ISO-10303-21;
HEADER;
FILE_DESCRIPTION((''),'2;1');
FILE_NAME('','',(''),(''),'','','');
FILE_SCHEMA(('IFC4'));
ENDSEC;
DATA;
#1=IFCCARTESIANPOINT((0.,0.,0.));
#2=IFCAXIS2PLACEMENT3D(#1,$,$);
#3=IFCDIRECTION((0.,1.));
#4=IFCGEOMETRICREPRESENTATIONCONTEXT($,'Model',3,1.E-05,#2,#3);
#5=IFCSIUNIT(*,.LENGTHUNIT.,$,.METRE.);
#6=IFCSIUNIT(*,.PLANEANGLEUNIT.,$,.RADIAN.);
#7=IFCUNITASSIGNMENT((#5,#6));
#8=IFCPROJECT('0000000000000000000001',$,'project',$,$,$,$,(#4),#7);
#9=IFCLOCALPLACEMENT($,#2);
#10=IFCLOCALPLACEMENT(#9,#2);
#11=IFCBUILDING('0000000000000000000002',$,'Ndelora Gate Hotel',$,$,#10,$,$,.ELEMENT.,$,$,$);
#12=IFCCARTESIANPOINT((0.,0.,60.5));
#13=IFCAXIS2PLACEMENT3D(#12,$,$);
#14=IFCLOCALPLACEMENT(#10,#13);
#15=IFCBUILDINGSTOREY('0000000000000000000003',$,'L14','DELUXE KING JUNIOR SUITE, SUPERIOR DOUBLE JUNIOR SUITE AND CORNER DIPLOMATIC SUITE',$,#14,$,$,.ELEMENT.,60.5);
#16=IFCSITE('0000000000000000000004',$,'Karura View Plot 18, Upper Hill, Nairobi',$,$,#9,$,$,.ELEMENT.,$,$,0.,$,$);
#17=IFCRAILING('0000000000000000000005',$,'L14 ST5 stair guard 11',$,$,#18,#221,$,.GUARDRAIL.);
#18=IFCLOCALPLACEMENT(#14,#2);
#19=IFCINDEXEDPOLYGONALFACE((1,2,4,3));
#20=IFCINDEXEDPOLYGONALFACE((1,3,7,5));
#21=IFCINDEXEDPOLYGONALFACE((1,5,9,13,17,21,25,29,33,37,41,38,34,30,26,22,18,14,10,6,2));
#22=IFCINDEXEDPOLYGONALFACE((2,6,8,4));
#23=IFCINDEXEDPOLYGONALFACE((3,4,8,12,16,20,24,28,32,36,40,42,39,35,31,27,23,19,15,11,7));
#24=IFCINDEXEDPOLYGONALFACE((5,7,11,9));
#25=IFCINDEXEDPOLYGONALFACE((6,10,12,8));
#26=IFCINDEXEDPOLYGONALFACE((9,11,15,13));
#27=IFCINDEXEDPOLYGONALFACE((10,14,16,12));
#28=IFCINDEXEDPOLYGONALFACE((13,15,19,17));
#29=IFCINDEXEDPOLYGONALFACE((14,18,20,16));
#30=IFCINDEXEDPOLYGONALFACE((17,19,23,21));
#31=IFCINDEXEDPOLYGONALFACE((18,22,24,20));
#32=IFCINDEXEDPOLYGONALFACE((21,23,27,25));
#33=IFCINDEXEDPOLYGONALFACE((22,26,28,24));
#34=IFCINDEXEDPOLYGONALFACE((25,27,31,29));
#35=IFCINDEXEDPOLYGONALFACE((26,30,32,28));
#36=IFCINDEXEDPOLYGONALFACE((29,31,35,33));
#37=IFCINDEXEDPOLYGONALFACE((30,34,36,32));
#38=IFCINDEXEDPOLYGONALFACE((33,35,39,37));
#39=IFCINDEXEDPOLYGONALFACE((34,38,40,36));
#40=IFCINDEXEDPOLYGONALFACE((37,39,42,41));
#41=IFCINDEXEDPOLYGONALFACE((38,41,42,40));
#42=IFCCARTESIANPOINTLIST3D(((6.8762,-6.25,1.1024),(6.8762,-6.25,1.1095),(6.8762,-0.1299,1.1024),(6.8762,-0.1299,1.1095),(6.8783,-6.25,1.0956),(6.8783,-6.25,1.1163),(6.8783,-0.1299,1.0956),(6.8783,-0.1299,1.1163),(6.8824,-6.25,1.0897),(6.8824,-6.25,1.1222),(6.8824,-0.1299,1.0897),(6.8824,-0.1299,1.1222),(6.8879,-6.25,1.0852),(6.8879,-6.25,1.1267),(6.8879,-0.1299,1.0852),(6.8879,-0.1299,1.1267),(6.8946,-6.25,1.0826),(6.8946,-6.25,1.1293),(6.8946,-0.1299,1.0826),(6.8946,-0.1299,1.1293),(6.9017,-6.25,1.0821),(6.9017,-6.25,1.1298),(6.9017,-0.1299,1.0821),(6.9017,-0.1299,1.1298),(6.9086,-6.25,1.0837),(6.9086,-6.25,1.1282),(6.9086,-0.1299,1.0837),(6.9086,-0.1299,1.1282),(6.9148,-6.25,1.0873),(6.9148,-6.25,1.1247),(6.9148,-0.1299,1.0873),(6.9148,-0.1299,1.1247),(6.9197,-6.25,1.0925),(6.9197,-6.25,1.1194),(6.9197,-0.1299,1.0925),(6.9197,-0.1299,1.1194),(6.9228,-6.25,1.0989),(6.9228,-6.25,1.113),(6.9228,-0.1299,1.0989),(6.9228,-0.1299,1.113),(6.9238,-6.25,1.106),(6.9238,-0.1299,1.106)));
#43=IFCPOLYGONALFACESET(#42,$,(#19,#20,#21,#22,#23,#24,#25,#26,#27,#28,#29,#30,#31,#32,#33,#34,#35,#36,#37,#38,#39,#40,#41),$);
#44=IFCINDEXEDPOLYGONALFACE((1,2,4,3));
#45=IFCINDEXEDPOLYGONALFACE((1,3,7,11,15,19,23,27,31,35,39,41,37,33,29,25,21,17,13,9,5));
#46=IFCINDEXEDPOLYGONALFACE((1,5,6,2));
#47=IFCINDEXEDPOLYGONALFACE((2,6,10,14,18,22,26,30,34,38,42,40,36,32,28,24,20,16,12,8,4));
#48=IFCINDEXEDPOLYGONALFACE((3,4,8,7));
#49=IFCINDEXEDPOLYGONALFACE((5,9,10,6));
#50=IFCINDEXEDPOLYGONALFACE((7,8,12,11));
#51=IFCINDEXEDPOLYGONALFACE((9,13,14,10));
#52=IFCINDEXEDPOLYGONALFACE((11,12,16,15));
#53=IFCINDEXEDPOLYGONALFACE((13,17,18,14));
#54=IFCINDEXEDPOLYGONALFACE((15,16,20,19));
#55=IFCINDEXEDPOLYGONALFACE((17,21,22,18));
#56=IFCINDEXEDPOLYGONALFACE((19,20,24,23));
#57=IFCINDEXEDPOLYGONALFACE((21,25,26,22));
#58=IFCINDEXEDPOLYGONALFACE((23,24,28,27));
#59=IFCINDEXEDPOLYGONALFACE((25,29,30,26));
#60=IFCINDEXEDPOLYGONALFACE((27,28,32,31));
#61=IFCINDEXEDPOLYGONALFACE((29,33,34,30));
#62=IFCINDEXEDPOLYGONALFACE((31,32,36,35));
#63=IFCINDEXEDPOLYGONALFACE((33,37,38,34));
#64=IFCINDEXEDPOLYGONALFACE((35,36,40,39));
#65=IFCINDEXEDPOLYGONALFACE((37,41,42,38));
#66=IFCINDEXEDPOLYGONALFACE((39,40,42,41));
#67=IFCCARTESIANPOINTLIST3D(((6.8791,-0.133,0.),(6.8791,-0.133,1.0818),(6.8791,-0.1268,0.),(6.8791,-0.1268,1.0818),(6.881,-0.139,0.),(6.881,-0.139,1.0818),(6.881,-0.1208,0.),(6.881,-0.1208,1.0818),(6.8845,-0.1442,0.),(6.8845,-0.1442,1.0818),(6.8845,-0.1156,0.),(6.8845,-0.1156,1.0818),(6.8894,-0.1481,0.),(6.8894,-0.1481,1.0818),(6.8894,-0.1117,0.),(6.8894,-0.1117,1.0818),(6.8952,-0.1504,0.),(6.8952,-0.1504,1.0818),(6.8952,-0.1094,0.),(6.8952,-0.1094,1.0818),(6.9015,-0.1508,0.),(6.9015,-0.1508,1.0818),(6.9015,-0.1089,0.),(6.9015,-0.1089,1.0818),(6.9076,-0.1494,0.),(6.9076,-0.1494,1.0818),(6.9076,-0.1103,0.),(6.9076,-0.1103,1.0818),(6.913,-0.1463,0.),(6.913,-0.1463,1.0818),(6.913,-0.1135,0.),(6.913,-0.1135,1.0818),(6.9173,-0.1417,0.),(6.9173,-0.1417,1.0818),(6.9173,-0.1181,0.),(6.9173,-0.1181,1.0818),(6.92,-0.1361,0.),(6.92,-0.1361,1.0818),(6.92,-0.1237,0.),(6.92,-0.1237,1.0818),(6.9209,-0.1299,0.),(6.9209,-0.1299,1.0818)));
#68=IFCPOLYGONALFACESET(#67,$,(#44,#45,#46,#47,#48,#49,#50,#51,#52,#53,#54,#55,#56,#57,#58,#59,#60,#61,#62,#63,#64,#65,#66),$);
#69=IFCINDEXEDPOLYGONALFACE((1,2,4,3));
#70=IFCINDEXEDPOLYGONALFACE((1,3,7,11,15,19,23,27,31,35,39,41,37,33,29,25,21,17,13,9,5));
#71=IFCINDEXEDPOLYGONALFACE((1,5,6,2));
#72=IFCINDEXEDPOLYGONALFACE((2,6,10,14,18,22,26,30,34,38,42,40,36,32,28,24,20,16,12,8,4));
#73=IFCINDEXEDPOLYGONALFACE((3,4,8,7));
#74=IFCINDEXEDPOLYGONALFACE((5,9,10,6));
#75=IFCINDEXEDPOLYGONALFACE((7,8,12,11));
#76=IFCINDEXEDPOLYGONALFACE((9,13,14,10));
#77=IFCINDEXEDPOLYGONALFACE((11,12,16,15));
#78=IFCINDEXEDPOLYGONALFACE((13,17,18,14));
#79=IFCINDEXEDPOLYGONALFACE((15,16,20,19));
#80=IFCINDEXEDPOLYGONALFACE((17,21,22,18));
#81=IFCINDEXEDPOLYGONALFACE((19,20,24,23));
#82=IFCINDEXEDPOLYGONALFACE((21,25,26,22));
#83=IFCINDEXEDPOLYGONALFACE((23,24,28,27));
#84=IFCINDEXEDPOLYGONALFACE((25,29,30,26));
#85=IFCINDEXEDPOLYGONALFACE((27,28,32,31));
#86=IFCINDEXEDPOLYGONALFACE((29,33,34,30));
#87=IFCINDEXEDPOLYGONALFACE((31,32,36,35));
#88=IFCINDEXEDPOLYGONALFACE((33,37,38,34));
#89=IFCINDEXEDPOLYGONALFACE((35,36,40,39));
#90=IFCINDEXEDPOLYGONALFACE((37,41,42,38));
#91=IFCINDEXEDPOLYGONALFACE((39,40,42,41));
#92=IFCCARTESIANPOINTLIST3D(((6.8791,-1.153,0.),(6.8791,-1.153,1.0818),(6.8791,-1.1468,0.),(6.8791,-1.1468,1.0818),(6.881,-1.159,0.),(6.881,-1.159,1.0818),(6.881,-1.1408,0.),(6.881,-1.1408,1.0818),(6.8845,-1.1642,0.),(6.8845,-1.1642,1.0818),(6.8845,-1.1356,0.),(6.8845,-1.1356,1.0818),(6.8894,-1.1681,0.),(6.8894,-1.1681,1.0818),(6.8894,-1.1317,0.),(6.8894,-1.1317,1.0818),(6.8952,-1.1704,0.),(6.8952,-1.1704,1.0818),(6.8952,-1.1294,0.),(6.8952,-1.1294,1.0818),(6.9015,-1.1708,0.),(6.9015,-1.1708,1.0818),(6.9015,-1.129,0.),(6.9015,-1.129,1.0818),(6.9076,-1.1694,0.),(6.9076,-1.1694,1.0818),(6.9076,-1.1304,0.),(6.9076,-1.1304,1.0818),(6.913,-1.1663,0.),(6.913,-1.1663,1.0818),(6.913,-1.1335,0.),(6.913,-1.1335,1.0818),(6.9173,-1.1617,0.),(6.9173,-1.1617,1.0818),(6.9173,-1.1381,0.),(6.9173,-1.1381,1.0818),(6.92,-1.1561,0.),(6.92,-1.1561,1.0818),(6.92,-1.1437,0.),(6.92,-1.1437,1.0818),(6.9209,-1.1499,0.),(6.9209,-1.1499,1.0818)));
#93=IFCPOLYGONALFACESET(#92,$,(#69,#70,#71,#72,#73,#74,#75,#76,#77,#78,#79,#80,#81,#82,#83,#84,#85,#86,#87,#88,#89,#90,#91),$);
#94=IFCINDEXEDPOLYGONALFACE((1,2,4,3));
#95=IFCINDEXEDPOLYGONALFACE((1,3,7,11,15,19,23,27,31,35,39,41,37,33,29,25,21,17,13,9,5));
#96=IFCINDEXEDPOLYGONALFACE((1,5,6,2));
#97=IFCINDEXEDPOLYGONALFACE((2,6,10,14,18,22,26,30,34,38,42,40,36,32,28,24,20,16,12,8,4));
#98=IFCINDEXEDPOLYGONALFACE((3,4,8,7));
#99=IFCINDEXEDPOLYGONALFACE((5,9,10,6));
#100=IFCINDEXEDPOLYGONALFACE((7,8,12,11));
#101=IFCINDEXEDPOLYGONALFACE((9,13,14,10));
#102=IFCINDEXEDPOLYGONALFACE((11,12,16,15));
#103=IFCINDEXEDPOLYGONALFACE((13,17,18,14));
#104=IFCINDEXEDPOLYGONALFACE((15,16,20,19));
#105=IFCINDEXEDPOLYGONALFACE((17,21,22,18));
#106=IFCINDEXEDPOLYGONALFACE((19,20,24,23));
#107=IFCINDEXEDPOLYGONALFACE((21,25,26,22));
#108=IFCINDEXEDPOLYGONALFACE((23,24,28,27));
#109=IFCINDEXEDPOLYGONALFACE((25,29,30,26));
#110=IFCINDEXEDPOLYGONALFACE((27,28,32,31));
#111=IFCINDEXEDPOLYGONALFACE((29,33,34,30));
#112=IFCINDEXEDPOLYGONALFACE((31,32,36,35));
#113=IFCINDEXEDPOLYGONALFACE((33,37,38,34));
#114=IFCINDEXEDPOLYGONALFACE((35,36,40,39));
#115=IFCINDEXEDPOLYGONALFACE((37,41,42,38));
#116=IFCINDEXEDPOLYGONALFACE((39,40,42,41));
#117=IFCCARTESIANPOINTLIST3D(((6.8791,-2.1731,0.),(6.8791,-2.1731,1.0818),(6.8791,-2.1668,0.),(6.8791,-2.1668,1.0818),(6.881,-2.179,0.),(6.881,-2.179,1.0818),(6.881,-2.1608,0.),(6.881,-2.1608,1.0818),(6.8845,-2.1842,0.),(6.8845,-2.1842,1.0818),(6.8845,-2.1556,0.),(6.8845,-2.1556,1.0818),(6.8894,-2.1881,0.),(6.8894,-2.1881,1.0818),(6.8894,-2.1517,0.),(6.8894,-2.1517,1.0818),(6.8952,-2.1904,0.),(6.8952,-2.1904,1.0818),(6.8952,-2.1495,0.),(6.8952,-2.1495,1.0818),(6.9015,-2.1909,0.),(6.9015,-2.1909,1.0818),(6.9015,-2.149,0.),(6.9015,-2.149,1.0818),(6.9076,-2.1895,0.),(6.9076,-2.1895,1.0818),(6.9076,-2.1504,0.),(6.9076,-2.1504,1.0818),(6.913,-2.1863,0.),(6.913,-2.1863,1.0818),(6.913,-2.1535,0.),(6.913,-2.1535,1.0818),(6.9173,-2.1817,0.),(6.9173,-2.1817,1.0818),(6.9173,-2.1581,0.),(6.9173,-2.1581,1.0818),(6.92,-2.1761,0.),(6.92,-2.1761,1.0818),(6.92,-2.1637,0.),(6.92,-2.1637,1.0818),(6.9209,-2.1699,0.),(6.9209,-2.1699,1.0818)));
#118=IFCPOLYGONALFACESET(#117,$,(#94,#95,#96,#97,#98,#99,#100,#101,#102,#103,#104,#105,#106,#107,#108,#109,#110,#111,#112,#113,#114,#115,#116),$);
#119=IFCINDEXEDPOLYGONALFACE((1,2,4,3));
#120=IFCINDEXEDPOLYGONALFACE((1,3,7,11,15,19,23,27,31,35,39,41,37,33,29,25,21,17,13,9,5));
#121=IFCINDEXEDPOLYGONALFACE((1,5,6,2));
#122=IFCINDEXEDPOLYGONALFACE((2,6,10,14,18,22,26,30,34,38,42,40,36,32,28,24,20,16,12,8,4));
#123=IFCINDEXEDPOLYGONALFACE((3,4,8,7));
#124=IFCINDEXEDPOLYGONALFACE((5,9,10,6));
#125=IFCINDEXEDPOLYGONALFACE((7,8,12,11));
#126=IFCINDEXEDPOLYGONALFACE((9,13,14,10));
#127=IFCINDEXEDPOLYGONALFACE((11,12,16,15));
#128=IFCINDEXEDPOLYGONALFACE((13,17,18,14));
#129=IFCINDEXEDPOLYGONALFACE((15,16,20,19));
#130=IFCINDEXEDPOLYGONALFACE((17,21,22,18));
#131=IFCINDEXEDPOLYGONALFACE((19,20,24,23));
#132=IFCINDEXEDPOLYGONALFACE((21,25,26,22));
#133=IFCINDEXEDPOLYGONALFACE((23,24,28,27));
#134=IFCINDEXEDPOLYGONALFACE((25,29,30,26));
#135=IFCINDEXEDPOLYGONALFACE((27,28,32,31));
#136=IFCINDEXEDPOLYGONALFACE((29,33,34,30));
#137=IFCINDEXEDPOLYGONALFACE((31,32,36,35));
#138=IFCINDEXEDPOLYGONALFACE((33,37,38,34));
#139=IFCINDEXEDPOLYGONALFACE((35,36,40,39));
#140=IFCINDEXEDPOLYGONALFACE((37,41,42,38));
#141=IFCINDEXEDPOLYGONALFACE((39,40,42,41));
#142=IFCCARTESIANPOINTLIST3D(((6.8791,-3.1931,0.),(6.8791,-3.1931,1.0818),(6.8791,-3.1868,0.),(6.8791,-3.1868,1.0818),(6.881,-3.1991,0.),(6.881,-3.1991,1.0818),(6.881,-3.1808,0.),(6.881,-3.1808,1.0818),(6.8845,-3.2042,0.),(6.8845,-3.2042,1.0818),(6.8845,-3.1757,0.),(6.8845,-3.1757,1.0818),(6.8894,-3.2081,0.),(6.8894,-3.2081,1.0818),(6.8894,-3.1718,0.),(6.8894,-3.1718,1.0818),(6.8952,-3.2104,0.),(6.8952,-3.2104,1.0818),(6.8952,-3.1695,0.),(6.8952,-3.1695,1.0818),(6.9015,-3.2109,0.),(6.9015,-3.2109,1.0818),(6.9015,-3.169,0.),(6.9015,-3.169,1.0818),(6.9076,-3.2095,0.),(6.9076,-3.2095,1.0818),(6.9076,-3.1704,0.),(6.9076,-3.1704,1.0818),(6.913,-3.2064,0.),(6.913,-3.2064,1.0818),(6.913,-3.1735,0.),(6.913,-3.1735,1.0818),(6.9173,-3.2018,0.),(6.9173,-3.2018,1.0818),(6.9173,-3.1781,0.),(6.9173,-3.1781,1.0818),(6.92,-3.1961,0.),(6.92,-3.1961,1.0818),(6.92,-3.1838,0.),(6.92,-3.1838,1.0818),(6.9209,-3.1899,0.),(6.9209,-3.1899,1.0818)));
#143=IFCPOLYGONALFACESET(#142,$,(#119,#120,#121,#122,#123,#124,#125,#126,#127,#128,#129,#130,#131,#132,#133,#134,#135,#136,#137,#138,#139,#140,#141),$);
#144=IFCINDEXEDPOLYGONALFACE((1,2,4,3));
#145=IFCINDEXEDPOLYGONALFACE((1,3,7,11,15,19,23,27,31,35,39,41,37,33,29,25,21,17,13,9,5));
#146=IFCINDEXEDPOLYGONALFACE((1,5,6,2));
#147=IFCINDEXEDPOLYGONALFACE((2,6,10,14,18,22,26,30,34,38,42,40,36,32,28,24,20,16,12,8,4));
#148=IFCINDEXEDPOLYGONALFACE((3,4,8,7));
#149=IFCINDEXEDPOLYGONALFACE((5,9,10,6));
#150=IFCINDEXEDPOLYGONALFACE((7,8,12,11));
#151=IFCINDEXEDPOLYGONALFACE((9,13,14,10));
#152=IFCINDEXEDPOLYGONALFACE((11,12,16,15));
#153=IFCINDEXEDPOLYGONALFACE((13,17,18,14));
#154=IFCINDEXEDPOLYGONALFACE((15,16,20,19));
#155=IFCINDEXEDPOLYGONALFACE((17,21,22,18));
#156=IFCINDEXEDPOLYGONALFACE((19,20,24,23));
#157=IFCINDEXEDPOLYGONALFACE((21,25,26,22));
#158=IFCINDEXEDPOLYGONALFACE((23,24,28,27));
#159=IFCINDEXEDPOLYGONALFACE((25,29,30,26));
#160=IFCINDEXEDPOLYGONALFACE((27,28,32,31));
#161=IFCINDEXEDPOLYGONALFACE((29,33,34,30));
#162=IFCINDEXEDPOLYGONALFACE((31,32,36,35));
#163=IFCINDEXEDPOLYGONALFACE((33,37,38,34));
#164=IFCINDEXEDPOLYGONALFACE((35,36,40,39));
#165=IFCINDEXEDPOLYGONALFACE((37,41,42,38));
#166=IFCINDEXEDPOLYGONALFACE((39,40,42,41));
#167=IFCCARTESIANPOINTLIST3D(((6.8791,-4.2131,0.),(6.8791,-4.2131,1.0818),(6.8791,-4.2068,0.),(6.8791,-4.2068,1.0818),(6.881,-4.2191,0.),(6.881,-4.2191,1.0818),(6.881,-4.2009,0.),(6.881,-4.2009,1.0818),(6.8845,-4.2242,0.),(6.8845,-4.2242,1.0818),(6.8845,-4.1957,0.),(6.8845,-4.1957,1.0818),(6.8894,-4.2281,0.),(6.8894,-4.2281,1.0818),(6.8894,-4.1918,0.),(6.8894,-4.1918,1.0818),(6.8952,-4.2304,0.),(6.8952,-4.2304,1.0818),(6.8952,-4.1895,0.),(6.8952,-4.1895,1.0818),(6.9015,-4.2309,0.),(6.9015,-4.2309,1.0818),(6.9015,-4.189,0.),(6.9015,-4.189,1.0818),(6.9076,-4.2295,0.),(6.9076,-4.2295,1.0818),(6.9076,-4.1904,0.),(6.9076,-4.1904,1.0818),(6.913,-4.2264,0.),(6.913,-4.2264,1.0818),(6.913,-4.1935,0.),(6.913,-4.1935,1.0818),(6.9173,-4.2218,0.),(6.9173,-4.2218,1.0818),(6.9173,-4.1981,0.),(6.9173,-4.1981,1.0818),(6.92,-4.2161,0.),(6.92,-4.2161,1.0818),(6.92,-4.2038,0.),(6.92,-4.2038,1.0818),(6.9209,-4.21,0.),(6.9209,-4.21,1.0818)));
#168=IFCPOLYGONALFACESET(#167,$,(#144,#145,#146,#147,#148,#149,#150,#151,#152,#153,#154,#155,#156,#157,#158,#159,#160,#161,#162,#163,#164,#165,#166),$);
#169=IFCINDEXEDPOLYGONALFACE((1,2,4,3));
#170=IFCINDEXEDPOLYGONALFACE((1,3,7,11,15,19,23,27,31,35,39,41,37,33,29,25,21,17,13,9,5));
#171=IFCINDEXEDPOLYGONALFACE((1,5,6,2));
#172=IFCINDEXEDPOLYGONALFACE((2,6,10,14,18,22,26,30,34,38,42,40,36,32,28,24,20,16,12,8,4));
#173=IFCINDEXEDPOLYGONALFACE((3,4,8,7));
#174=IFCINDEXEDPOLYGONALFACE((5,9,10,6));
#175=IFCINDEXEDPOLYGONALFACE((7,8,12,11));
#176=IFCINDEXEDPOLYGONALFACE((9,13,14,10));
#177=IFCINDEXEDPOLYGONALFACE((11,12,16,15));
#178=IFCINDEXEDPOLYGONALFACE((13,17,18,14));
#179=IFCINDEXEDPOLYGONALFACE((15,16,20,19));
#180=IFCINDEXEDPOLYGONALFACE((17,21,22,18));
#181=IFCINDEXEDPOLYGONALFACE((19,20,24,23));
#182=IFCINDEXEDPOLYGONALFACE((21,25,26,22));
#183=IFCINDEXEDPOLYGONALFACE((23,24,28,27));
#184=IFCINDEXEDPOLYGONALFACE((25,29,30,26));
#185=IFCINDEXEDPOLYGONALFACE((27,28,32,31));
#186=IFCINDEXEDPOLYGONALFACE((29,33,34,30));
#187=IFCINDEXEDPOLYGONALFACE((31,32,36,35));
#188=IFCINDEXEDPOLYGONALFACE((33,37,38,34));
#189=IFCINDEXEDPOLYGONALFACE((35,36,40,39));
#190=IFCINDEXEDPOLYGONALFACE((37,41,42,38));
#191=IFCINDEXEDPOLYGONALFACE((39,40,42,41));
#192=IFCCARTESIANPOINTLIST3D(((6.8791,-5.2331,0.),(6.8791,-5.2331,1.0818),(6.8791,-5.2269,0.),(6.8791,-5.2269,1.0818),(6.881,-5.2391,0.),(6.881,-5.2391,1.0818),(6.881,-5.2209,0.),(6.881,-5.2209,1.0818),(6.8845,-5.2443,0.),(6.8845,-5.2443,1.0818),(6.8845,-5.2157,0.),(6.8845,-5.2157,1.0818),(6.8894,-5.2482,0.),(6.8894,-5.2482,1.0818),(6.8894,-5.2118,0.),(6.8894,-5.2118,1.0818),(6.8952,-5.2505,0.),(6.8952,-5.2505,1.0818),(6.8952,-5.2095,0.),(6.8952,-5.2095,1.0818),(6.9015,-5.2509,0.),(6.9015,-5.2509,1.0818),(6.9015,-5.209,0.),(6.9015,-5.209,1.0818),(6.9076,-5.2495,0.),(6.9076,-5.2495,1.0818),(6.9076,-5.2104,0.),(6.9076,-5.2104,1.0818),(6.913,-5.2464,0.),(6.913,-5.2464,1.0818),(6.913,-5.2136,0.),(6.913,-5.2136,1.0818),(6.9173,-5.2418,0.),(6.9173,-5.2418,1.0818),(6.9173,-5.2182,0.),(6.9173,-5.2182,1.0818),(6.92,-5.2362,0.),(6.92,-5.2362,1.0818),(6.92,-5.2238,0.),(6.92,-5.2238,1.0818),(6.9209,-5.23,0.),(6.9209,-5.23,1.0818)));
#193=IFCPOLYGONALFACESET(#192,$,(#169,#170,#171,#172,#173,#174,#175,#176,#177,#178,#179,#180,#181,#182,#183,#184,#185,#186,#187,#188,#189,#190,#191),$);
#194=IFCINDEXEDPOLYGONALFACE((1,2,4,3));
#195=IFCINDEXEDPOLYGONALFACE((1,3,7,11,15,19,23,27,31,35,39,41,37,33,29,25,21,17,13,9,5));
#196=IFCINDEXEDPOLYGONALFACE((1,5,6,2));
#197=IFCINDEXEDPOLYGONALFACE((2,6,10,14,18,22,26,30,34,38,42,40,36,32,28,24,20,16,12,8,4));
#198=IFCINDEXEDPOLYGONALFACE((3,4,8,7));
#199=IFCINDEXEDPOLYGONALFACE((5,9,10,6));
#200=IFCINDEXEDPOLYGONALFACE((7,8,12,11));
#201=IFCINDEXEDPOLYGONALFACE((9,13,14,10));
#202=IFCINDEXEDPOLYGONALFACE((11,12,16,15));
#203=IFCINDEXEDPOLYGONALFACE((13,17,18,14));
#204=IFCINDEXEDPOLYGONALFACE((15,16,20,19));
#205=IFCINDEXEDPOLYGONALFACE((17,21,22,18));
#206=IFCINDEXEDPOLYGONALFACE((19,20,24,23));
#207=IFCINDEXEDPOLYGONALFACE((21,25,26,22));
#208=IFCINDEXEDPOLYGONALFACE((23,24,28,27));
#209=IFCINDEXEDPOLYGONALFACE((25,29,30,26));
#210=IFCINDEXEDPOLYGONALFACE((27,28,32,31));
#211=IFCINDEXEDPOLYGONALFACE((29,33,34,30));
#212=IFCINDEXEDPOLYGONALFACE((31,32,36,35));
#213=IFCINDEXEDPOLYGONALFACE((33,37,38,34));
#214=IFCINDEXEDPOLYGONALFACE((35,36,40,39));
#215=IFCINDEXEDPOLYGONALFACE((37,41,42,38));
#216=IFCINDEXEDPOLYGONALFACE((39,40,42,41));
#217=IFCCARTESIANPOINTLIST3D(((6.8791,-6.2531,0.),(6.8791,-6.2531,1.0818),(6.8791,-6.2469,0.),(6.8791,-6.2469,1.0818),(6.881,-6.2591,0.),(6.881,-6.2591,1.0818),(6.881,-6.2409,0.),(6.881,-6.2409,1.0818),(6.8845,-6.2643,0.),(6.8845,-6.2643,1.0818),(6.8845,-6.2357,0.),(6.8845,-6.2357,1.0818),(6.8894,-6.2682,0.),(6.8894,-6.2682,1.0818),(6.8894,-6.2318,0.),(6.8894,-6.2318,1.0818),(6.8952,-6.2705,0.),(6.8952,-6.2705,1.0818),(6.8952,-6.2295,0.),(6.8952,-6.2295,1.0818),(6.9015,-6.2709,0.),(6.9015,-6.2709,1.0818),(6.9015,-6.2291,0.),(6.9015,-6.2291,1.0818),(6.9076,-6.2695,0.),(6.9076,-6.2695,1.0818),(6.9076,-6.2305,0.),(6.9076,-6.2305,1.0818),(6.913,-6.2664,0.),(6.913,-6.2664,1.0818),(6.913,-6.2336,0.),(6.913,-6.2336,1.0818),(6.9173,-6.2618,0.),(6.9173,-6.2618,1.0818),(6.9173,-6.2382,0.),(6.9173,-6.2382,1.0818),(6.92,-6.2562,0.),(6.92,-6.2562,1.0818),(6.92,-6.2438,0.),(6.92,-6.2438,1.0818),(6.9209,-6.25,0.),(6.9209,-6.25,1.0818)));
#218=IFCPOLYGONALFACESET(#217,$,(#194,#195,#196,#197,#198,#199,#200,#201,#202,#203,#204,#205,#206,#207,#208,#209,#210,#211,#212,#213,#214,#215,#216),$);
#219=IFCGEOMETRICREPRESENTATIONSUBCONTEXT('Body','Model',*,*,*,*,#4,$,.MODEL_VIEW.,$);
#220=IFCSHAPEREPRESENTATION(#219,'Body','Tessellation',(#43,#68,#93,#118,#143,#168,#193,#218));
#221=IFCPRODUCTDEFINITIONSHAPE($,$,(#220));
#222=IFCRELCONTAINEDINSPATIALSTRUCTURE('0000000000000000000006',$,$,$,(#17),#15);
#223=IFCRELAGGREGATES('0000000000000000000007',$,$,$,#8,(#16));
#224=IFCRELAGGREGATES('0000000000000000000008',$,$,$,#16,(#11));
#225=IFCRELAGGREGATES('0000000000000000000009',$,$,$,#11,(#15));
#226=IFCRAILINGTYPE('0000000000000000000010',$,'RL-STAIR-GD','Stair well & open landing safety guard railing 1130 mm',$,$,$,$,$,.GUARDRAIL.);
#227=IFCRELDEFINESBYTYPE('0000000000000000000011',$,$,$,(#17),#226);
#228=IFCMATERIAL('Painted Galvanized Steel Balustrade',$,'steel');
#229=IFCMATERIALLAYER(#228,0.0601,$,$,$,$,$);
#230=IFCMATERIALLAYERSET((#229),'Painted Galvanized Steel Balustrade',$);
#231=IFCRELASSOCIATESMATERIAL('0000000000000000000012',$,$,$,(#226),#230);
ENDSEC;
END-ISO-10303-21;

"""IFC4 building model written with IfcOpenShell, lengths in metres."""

from ifc_helpers import new_model, si_unit, direction, frame, origin, origin_2d, place, context, subcontext, project, spatial, circle, extrude, material, layer, layer_set, type_object, element, save


model = new_model("IFC4")

# Units and contexts
model_context = context("Model", 3, precision=1e-05, world=origin(), true_north=direction((0.0, 1.0)))
body_context = subcontext(model_context, "Body", "Model", "MODEL_VIEW")
ifc_project = project(units=[si_unit("LENGTHUNIT", "METRE"), si_unit("PLANEANGLEUNIT", "RADIAN")], contexts=[model_context])

# Site, building, storey
site_placement = place(None, origin())
site = spatial("IfcSite", under=ifc_project, at=site_placement, Name="Karura View Plot 18, Upper Hill, Nairobi", CompositionType="ELEMENT", RefElevation=0.0)
building_placement = place(site_placement, origin())
building = spatial("IfcBuilding", under=site, at=building_placement, Name="Ndelora Gate Hotel", CompositionType="ELEMENT")
storey_placement = place(building_placement, frame((0.0, 0.0, 60.5)))
storey = spatial("IfcBuildingStorey", under=building, at=storey_placement, Name="L14", Description="DELUXE KING JUNIOR SUITE, SUPERIOR DOUBLE JUNIOR SUITE AND CORNER DIPLOMATIC SUITE", CompositionType="ELEMENT", Elevation=60.5)

# Railing
ifc_material_1 = material(Name="Painted Galvanized Steel Balustrade", Category="steel")
ifc_layer_1 = layer(ifc_material_1, 0.0601)
ifc_layer_set_1 = layer_set([ifc_layer_1], Name="Painted Galvanized Steel Balustrade")
railing_type_1 = type_object("IfcRailingType", Name="RL-STAIR-GD", Description="Stair well & open landing safety guard railing 1130 mm", PredefinedType="GUARDRAIL", material=ifc_layer_set_1)
railing_1_placement = place(storey_placement, frame((6.8999, -0.1299, 0.0)))
element("IfcRailing", 1, at=railing_1_placement, inside=storey, type_object=railing_type_1, Name="L14 ST5 stair guard 11", PredefinedType="GUARDRAIL", context=body_context, shape_type="SweptSolid", body=[
    extrude(circle(Radius=0.0239, at=origin_2d()), frame((0.0, 0.0, 1.106), z_axis=(0.0, -1.0, 0.0), x_axis=(1.0, 0.0, 0.0)), (0.0, 0.0, 1.0), 6.1201),
    extrude(circle(Radius=0.021, at=origin_2d()), origin(), (0.0, 0.0, 1.0), 1.0818),
    extrude(circle(Radius=0.021, at=origin_2d()), frame((0.0, -1.02, 0.0)), (0.0, 0.0, 1.0), 1.0818),
    extrude(circle(Radius=0.021, at=origin_2d()), frame((0.0, -2.04, 0.0)), (0.0, 0.0, 1.0), 1.0818),
    extrude(circle(Radius=0.021, at=origin_2d()), frame((0.0, -3.0601, 0.0)), (0.0, 0.0, 1.0), 1.0818),
    extrude(circle(Radius=0.021, at=origin_2d()), frame((0.0, -4.0801, 0.0)), (0.0, 0.0, 1.0), 1.0818),
    extrude(circle(Radius=0.021, at=origin_2d()), frame((0.0, -5.1001, 0.0)), (0.0, 0.0, 1.0), 1.0818),
    extrude(circle(Radius=0.021, at=origin_2d()), frame((0.0, -6.1201, 0.0)), (0.0, 0.0, 1.0), 1.0818),
])

save(model, "model.ifc")
